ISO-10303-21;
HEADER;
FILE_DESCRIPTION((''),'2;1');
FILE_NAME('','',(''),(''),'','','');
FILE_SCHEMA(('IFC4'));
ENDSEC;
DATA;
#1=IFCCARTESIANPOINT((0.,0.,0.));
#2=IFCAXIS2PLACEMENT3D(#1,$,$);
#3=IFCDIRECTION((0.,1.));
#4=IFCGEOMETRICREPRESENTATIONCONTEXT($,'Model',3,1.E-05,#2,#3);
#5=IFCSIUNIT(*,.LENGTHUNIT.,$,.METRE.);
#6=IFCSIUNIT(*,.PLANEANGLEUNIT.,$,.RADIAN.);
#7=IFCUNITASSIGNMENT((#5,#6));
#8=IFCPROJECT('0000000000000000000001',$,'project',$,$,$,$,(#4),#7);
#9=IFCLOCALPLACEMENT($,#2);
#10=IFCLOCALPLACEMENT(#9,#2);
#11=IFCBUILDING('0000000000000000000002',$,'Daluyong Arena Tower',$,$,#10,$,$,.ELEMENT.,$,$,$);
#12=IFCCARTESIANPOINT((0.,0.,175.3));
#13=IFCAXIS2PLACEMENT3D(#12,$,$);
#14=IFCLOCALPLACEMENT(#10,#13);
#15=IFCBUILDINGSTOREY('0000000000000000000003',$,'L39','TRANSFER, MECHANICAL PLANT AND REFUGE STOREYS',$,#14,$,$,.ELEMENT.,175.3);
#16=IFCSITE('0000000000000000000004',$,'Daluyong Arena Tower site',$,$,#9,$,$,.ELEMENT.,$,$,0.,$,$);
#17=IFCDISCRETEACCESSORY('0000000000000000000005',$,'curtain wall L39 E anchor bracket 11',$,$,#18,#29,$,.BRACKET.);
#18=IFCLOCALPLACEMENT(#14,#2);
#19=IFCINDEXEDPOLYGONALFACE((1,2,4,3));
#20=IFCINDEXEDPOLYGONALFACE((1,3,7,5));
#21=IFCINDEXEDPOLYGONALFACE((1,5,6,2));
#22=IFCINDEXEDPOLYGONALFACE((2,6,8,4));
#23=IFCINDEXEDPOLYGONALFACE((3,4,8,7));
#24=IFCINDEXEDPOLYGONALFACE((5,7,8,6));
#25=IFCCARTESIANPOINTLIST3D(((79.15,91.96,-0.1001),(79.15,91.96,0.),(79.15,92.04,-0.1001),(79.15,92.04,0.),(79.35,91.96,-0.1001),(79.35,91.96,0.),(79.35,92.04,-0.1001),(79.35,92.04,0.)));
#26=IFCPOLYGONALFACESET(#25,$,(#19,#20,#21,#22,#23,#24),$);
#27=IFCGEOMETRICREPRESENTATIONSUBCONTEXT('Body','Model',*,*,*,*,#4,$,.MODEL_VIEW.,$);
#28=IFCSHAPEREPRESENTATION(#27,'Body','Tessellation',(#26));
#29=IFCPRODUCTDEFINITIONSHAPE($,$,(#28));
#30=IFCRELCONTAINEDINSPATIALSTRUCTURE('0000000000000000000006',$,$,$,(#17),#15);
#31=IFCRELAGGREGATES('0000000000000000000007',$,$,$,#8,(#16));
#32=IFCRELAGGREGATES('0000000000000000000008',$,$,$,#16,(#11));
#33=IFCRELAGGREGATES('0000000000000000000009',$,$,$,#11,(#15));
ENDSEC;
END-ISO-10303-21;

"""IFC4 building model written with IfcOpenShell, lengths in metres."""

from ifc_helpers import new_model, si_unit, direction, frame, origin, origin_2d, place, context, subcontext, project, spatial, rectangle, extrude, element, save


model = new_model("IFC4")

# Units and contexts
model_context = context("Model", 3, precision=1e-05, world=origin(), true_north=direction((0.0, 1.0)))
body_context = subcontext(model_context, "Body", "Model", "MODEL_VIEW")
ifc_project = project(units=[si_unit("LENGTHUNIT", "METRE"), si_unit("PLANEANGLEUNIT", "RADIAN")], contexts=[model_context])

# Site, building, storey
site_placement = place(None, origin())
site = spatial("IfcSite", under=ifc_project, at=site_placement, Name="Daluyong Arena Tower site", CompositionType="ELEMENT", RefElevation=0.0)
building_placement = place(site_placement, origin())
building = spatial("IfcBuilding", under=site, at=building_placement, Name="Daluyong Arena Tower", CompositionType="ELEMENT")
storey_placement = place(building_placement, frame((0.0, 0.0, 175.3)))
storey = spatial("IfcBuildingStorey", under=building, at=storey_placement, Name="L39", Description="TRANSFER, MECHANICAL PLANT AND REFUGE STOREYS", CompositionType="ELEMENT", Elevation=175.3)

# Discrete accessory
for number, where, z_axis, x_axis, name in (
    (1, (79.25, 92.0, -0.1001), (0.0, 0.0, 1.0), (0.0, 1.0, 0.0), "curtain wall L39 E anchor bracket 11"),
):
    element("IfcDiscreteAccessory", number, at=place(storey_placement, frame(where, z_axis=z_axis, x_axis=x_axis)), inside=storey, Name=name, PredefinedType="BRACKET", context=body_context, shape_type="SweptSolid", body=[
        extrude(rectangle(XDim=0.0801, YDim=0.2, at=origin_2d()), origin(), (0.0, 0.0, 1.0), 0.1001),
    ])

save(model, "model.ifc")
